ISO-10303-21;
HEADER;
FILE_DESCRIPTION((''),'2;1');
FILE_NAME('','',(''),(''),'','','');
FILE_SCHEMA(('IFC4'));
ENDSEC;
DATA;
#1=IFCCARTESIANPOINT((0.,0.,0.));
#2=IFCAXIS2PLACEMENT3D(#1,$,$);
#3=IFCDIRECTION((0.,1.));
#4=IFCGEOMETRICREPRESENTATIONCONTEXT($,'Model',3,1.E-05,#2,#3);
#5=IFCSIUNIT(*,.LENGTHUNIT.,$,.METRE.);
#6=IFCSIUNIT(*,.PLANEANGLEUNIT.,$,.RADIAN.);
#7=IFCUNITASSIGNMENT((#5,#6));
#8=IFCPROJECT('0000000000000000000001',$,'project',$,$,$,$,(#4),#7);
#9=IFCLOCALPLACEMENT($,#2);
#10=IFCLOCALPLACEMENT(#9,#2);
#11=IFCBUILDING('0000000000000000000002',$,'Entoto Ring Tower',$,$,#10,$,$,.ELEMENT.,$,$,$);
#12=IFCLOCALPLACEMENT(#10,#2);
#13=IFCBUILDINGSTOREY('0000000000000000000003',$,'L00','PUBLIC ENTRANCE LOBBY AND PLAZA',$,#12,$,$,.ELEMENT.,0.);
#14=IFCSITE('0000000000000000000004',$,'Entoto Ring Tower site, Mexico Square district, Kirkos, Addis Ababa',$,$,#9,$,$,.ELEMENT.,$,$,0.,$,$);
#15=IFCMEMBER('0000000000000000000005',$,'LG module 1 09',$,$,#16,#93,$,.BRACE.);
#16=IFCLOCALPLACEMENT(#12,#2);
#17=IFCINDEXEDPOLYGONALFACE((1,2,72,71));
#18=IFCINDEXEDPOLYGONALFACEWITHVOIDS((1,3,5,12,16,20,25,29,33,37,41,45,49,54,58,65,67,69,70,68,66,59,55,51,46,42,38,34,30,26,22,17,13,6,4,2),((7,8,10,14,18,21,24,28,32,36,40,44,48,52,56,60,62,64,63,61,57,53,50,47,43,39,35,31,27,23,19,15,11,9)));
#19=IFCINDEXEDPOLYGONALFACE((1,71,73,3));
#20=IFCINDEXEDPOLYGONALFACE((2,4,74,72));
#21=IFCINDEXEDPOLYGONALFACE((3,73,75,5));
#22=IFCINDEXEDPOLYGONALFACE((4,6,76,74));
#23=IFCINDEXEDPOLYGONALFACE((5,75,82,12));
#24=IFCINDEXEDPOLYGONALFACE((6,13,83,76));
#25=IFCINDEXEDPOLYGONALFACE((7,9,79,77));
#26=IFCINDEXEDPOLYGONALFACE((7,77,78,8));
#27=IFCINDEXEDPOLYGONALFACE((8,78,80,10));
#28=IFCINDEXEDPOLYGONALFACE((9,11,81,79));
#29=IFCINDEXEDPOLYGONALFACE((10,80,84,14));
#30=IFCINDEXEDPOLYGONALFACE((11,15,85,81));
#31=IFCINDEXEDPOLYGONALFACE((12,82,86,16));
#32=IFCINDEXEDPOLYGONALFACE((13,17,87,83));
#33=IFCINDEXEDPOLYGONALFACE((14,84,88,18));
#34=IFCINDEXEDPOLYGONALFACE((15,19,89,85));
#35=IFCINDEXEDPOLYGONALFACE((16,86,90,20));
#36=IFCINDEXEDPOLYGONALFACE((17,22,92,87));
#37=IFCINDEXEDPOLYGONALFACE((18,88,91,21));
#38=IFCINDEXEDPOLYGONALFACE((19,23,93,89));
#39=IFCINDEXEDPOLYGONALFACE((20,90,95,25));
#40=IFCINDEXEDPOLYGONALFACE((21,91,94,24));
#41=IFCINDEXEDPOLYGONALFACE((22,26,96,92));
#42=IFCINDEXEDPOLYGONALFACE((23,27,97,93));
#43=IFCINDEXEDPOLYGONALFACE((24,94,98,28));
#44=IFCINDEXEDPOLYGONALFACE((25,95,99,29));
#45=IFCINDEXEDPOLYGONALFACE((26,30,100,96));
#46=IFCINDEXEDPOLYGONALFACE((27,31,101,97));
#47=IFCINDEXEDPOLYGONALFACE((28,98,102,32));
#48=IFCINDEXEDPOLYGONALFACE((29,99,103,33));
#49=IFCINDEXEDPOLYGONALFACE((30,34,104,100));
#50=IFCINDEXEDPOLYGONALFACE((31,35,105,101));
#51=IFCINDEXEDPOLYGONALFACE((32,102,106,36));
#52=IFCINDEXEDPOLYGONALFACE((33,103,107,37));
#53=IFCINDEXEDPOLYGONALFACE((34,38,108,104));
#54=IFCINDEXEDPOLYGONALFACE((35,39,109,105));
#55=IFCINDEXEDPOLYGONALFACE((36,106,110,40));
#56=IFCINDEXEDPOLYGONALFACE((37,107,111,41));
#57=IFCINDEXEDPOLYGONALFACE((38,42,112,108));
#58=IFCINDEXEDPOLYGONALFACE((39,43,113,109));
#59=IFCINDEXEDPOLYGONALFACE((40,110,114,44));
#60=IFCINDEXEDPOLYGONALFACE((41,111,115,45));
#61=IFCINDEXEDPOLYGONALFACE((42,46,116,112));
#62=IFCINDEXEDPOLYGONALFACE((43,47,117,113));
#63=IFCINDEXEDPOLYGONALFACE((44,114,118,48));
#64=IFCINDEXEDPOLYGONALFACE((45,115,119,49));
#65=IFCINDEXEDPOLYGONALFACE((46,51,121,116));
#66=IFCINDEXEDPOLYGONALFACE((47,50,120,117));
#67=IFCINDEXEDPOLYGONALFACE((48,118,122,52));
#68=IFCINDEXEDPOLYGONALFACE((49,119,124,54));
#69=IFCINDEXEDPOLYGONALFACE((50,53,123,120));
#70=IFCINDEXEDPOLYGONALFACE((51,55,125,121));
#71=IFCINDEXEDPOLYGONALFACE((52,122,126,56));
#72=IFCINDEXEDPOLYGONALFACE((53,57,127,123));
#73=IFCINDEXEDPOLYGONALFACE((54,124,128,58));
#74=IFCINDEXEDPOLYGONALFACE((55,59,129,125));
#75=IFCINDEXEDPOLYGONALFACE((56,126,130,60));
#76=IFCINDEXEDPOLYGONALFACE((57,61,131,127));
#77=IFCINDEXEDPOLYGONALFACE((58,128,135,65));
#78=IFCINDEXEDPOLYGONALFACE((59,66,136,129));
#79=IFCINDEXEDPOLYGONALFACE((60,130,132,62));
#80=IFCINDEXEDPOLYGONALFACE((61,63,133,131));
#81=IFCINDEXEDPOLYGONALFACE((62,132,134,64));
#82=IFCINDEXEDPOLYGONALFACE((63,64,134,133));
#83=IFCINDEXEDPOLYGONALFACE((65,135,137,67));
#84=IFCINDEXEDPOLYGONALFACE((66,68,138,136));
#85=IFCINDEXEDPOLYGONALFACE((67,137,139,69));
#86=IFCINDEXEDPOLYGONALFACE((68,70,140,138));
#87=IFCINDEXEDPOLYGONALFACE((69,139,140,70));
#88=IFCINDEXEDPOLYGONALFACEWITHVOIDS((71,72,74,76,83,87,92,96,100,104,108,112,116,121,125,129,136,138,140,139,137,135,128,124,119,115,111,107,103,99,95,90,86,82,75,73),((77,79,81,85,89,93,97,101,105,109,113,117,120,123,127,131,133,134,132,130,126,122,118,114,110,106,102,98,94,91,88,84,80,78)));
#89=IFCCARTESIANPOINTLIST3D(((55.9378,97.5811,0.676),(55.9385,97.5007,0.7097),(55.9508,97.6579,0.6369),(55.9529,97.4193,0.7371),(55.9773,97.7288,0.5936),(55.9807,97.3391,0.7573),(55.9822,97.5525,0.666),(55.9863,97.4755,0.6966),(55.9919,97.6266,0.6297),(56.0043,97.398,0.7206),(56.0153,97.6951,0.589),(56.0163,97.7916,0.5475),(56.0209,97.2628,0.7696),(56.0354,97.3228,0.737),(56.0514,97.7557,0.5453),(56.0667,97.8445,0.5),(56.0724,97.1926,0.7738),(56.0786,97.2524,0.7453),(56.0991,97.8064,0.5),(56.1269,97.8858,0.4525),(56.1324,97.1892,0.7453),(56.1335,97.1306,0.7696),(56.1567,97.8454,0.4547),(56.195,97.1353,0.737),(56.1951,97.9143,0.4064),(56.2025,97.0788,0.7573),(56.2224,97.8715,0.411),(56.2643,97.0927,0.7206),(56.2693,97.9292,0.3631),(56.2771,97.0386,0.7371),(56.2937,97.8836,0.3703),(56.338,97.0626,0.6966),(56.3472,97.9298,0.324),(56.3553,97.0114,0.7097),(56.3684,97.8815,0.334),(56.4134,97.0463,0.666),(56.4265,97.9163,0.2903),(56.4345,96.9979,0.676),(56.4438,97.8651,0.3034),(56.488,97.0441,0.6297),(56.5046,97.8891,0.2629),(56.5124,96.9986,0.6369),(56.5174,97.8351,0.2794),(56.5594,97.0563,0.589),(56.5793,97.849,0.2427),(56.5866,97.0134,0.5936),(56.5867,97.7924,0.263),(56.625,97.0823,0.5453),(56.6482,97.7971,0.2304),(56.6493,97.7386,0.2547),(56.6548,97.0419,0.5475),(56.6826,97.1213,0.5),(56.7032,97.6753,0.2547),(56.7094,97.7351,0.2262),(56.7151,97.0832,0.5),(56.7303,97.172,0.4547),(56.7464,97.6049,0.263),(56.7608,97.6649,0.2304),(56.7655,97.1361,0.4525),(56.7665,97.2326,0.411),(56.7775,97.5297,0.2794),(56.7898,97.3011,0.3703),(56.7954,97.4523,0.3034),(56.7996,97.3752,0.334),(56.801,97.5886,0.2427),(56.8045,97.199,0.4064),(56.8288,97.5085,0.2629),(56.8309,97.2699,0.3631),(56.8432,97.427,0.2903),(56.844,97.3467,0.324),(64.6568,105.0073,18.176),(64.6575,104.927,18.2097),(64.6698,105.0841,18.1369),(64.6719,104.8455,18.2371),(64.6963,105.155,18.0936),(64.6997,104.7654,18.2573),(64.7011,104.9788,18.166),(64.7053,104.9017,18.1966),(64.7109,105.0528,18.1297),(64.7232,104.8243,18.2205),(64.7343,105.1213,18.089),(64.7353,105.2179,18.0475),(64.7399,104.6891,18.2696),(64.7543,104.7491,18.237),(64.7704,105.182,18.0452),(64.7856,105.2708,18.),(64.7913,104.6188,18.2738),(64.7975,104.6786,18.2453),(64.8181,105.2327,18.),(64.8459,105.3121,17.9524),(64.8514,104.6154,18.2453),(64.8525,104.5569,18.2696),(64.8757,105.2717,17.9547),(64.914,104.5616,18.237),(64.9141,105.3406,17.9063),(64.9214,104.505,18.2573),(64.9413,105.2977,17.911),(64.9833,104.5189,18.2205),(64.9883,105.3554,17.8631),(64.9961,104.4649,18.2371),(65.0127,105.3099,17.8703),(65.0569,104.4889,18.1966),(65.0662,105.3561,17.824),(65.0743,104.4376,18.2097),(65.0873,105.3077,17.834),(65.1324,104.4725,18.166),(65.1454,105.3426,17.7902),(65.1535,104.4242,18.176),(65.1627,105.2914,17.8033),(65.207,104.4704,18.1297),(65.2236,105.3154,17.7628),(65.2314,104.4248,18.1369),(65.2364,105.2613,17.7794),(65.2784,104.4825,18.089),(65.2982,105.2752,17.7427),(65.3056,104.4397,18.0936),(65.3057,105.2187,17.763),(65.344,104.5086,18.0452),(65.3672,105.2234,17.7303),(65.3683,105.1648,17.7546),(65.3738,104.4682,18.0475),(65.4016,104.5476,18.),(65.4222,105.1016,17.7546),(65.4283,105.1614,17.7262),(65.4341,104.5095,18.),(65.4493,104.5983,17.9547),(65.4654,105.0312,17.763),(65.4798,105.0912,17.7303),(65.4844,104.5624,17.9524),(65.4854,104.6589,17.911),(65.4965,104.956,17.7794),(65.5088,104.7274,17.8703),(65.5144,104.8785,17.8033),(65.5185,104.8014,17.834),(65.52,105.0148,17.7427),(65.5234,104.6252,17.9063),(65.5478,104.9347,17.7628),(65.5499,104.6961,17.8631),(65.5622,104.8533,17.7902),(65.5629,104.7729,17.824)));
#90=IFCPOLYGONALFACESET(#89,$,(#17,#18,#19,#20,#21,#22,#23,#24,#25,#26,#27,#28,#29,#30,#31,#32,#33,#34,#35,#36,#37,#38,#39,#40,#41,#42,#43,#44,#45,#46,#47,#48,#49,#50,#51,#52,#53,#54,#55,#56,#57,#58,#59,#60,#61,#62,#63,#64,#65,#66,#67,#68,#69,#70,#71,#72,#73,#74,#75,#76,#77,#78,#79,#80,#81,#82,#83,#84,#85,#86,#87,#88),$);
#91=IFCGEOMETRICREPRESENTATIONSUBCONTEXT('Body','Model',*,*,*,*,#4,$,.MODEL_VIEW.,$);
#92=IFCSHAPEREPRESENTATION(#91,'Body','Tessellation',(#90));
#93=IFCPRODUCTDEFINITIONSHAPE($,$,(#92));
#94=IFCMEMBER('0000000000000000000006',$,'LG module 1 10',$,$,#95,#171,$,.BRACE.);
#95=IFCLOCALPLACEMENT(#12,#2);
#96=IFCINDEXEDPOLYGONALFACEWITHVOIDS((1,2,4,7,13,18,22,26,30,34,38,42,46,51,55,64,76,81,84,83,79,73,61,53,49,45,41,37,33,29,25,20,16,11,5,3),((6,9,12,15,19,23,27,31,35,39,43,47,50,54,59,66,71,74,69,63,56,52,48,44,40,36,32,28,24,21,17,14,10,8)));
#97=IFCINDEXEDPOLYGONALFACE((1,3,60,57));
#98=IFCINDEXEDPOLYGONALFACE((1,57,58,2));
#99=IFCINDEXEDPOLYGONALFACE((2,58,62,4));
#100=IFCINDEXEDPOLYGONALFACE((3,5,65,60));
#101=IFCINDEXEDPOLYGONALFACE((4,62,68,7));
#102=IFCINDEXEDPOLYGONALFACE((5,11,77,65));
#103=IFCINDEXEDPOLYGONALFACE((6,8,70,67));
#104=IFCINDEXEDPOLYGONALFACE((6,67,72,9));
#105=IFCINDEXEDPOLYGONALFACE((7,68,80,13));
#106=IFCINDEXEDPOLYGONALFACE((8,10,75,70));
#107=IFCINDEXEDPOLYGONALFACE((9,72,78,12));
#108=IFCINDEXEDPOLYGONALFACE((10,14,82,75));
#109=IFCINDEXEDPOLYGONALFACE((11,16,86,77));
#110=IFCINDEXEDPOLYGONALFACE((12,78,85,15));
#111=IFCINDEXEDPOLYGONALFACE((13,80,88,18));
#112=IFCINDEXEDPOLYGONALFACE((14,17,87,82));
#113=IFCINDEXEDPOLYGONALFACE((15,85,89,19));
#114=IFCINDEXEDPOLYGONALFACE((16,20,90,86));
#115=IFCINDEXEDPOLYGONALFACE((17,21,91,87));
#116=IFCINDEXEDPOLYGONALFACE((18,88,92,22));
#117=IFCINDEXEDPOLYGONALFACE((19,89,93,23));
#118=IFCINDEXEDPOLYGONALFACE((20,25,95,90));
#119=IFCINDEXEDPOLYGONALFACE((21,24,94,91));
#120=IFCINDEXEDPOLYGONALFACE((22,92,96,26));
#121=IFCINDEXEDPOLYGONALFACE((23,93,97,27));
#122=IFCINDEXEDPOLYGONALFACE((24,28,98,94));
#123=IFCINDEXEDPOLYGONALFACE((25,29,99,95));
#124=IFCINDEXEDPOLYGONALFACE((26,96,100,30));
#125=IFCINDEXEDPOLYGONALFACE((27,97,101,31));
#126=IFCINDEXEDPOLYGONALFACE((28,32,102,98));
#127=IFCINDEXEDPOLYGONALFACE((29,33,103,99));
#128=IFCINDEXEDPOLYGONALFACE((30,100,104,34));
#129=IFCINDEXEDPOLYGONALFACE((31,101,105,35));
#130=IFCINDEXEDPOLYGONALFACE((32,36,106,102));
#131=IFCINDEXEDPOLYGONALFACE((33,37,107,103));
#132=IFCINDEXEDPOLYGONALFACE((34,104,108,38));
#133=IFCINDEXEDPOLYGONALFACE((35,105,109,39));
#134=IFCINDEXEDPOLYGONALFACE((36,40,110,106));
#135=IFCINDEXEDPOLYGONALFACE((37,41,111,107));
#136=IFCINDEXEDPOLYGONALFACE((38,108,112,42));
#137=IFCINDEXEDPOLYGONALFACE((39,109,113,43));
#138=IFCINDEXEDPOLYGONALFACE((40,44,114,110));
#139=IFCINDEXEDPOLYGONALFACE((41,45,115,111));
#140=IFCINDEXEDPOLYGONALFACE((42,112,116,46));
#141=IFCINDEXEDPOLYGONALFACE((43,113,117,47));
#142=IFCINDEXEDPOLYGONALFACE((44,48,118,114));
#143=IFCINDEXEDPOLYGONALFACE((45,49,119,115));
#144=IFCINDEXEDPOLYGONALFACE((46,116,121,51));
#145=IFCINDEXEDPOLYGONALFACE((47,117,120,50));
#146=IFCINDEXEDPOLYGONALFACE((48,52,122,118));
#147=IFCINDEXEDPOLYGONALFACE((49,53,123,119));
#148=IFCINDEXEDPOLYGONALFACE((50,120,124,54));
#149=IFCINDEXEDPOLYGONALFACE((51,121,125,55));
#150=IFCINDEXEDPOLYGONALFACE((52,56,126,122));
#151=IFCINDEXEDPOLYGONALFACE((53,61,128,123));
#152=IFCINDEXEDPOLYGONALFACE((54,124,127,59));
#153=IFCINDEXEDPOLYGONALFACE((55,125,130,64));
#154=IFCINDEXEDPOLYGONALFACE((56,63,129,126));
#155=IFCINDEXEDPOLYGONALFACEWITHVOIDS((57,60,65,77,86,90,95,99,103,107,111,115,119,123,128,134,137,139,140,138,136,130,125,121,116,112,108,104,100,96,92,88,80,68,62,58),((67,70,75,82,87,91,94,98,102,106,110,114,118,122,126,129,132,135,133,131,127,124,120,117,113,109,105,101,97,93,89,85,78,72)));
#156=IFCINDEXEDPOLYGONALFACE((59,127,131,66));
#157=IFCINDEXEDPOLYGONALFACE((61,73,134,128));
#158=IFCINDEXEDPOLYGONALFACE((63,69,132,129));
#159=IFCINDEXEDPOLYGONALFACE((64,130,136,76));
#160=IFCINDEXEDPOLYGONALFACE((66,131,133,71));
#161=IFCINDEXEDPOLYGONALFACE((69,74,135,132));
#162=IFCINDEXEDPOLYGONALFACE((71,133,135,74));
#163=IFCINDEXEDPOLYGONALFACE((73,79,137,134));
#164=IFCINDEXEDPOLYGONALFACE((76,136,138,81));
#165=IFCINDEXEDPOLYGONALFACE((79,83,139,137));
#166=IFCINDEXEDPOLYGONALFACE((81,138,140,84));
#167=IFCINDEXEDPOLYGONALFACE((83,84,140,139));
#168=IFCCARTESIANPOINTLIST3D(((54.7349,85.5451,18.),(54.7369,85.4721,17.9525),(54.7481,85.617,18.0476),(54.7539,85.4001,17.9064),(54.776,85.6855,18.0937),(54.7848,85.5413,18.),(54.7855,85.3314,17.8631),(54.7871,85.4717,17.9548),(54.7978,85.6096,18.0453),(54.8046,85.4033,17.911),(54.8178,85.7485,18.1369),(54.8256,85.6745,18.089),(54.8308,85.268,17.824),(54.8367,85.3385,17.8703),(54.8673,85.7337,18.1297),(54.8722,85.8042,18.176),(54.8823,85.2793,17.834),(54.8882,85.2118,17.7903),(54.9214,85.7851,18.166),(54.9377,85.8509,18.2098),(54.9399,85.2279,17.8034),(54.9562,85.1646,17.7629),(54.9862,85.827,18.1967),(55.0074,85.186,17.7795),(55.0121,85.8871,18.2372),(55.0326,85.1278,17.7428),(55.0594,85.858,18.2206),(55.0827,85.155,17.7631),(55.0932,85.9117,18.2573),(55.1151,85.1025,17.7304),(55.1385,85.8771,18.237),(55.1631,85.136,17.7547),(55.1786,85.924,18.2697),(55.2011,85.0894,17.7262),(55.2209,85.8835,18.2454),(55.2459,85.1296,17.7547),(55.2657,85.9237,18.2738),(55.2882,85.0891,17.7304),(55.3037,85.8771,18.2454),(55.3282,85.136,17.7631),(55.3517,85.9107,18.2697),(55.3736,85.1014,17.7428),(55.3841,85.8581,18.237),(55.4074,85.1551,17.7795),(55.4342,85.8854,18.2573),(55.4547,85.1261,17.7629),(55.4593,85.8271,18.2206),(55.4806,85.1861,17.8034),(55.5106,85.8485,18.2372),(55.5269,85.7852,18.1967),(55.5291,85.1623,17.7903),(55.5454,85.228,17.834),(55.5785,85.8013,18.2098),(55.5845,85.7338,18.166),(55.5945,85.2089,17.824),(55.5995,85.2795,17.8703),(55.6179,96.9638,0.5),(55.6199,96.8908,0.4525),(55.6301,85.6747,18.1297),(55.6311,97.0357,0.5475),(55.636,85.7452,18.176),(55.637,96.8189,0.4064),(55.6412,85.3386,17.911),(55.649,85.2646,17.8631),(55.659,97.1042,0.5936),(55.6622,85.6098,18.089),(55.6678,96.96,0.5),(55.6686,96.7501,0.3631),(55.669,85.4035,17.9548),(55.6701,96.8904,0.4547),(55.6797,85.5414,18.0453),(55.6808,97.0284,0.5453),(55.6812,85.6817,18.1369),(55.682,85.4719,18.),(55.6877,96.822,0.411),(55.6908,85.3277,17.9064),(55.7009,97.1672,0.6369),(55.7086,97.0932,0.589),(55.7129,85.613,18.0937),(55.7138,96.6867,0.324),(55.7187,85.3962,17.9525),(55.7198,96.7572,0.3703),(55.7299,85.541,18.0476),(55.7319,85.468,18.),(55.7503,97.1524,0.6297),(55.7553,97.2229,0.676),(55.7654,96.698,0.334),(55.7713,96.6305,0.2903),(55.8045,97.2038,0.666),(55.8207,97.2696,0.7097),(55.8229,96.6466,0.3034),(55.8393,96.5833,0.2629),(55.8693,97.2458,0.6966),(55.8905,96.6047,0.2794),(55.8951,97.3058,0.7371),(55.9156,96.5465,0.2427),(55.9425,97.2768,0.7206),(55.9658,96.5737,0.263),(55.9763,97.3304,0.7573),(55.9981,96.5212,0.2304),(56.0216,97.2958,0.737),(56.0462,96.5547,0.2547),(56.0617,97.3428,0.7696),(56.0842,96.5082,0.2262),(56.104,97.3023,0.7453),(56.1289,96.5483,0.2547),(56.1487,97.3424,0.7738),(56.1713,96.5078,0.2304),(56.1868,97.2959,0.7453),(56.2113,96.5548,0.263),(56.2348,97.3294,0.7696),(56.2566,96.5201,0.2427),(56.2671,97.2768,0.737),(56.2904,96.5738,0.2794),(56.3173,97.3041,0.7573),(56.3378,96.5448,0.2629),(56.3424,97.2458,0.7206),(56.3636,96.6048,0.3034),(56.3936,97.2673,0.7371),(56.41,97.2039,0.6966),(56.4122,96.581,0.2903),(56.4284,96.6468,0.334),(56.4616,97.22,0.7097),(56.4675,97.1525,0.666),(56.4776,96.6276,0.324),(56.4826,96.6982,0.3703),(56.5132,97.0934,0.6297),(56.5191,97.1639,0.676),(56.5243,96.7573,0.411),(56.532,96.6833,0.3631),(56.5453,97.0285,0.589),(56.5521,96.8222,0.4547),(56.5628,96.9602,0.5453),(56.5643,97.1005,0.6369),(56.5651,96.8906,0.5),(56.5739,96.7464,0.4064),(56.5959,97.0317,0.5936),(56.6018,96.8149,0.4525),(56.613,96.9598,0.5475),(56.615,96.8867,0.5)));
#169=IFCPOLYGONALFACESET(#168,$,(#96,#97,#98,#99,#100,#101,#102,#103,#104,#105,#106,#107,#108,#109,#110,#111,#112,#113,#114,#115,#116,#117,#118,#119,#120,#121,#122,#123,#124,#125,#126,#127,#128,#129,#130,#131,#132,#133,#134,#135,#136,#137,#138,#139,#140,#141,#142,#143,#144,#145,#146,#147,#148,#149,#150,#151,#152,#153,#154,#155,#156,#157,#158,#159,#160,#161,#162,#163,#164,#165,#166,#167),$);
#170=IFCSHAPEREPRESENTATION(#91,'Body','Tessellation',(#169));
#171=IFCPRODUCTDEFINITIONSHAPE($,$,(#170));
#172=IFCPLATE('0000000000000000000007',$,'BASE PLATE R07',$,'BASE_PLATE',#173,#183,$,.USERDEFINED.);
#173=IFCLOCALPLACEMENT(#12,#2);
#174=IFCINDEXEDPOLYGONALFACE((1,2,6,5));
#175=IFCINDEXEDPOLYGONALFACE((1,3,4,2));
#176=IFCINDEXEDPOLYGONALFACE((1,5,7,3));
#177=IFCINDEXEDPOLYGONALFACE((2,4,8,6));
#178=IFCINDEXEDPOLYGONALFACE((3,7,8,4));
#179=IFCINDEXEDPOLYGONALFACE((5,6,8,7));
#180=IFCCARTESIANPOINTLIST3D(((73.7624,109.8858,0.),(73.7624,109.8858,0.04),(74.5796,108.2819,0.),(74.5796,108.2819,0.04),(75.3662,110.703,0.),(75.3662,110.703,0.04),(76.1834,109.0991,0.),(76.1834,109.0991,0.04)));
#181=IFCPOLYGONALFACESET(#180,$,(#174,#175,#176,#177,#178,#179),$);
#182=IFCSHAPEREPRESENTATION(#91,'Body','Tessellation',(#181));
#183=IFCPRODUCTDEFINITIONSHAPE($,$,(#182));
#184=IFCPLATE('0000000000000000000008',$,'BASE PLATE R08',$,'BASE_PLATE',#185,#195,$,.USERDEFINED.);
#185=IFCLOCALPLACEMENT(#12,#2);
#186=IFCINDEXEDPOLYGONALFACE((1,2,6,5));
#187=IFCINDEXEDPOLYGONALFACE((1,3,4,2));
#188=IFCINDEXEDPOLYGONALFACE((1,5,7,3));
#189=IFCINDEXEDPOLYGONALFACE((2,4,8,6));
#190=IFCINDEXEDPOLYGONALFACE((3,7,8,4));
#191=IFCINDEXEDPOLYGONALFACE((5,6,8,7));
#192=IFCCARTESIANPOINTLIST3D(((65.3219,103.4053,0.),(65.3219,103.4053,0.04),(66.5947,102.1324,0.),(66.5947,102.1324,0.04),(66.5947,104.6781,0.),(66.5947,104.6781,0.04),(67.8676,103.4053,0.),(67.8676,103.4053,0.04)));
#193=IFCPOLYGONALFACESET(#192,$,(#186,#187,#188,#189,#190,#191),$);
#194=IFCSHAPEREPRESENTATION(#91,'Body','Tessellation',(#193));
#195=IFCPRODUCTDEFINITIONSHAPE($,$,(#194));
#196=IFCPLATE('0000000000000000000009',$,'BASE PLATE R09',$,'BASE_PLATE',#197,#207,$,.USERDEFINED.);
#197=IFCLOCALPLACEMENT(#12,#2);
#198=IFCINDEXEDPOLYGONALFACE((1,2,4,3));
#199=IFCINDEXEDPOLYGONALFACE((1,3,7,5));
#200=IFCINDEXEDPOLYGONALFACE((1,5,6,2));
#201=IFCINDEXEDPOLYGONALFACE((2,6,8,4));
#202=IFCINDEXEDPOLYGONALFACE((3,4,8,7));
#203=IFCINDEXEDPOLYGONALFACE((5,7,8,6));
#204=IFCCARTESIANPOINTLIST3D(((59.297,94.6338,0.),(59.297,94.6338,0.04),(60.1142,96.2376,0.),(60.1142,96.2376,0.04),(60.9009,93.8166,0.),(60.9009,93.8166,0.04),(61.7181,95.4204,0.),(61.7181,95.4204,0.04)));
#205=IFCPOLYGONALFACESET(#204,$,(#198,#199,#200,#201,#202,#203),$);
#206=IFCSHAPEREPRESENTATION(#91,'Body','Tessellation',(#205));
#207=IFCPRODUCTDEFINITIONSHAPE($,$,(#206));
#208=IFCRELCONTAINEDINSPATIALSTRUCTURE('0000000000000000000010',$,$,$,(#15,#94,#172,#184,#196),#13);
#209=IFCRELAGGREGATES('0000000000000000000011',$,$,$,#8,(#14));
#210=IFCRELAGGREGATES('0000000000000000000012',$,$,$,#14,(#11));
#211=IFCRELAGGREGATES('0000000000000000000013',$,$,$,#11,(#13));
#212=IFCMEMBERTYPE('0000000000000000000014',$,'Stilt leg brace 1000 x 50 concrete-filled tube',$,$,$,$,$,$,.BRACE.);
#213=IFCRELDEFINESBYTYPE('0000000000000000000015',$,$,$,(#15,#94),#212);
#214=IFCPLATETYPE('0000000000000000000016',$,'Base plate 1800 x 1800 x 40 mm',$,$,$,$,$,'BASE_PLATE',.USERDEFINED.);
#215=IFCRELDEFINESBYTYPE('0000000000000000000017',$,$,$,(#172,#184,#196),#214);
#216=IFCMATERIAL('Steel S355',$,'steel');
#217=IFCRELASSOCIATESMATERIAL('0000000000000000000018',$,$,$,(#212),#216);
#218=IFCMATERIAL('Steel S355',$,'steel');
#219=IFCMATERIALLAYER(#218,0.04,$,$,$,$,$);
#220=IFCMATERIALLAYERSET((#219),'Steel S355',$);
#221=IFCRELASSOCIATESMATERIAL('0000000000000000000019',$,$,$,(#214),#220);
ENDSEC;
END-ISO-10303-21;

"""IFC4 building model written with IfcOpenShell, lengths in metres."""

from ifc_helpers import new_model, si_unit, direction, frame, origin, origin_2d, place, context, subcontext, project, spatial, rectangle, circle, hollow_circle, extrude, material, layer, layer_set, material_profile, profile_set, type_object, element, save


model = new_model("IFC4")

# Units and contexts
model_context = context("Model", 3, precision=1e-05, world=origin(), true_north=direction((0.0, 1.0)))
body_context = subcontext(model_context, "Body", "Model", "MODEL_VIEW")
ifc_project = project(units=[si_unit("LENGTHUNIT", "METRE"), si_unit("PLANEANGLEUNIT", "RADIAN")], contexts=[model_context])

# Site, building, storey
site_placement = place(None, origin())
site = spatial("IfcSite", under=ifc_project, at=site_placement, Name="Entoto Ring Tower site, Mexico Square district, Kirkos, Addis Ababa", CompositionType="ELEMENT", RefElevation=0.0)
building_placement = place(site_placement, origin())
building = spatial("IfcBuilding", under=site, at=building_placement, Name="Entoto Ring Tower", CompositionType="ELEMENT")
storey_placement = place(building_placement, origin())
storey = spatial("IfcBuildingStorey", under=building, at=storey_placement, Name="L00", Description="PUBLIC ENTRANCE LOBBY AND PLAZA", CompositionType="ELEMENT", Elevation=0.0)

# Members
ifc_material_1 = material(Name="Steel S355", Category="steel")
ifc_material_profile_1 = material_profile(ifc_material_1, hollow_circle(Radius=0.5, WallThickness=0.05, at=origin_2d()), Name="CHS 1000 x 50")
ifc_material_2 = material(Name="Concrete C60/75", Category="concrete")
ifc_material_profile_2 = material_profile(ifc_material_2, circle(Radius=0.45, at=origin_2d()), Name="Concrete C60/75 infill")
ifc_profile_set_1 = profile_set([ifc_material_profile_1, ifc_material_profile_2], Name="Steel S355")
member_type = type_object("IfcMemberType", Name="Stilt leg brace 1000 x 50 concrete-filled tube", PredefinedType="BRACE", material=ifc_profile_set_1)
for number, where, z_axis, x_axis, name in (
    (1, (56.3909, 97.4639, 0.5), (0.416886, 0.355076, 0.836736), (-0.648415, 0.761287, 0.0), "LG module 1 09"),
    (2, (56.1165, 96.9253, 0.5), (-0.042222, -0.54597, 0.83674), (0.997023, -0.077104, 0.0), "LG module 1 10"),
):
    element("IfcMember", number, at=place(storey_placement, frame(where, z_axis=z_axis, x_axis=x_axis)), inside=storey, type_object=member_type, Name=name, PredefinedType="BRACE", context=body_context, shape_type="SweptSolid", body=[
        extrude(hollow_circle(Radius=0.5, WallThickness=0.05, at=origin_2d()), origin(), (0.0, 0.0, 1.0), 20.9146),
    ])

# Plates
ifc_material_3 = material(Name="Steel S355", Category="steel")
ifc_layer_1 = layer(ifc_material_3, 0.04)
ifc_layer_set_1 = layer_set([ifc_layer_1], Name="Steel S355")
plate_type = type_object("IfcPlateType", Name="Base plate 1800 x 1800 x 40 mm", ElementType="BASE_PLATE", PredefinedType="USERDEFINED", material=ifc_layer_set_1)
for number, where, z_axis, x_axis, name in (
    (3, (74.9729, 109.4924, 0.0), (0.0, 0.0, 1.0), (-0.45399, 0.891007, 0.0), "BASE PLATE R07"),
    (4, (66.5947, 103.4053, 0.0), (0.0, 0.0, 1.0), (-0.707107, 0.707107, 0.0), "BASE PLATE R08"),
    (5, (60.5076, 95.0271, 0.0), (0.0, 0.0, 1.0), (-0.891007, 0.45399, 0.0), "BASE PLATE R09"),
):
    element("IfcPlate", number, at=place(storey_placement, frame(where, z_axis=z_axis, x_axis=x_axis)), inside=storey, type_object=plate_type, Name=name, ObjectType="BASE_PLATE", PredefinedType="USERDEFINED", context=body_context, shape_type="SweptSolid", body=[
        extrude(rectangle(XDim=1.8, YDim=1.8, at=origin_2d()), origin(), (0.0, 0.0, 1.0), 0.04),
    ])

save(model, "model.ifc")
